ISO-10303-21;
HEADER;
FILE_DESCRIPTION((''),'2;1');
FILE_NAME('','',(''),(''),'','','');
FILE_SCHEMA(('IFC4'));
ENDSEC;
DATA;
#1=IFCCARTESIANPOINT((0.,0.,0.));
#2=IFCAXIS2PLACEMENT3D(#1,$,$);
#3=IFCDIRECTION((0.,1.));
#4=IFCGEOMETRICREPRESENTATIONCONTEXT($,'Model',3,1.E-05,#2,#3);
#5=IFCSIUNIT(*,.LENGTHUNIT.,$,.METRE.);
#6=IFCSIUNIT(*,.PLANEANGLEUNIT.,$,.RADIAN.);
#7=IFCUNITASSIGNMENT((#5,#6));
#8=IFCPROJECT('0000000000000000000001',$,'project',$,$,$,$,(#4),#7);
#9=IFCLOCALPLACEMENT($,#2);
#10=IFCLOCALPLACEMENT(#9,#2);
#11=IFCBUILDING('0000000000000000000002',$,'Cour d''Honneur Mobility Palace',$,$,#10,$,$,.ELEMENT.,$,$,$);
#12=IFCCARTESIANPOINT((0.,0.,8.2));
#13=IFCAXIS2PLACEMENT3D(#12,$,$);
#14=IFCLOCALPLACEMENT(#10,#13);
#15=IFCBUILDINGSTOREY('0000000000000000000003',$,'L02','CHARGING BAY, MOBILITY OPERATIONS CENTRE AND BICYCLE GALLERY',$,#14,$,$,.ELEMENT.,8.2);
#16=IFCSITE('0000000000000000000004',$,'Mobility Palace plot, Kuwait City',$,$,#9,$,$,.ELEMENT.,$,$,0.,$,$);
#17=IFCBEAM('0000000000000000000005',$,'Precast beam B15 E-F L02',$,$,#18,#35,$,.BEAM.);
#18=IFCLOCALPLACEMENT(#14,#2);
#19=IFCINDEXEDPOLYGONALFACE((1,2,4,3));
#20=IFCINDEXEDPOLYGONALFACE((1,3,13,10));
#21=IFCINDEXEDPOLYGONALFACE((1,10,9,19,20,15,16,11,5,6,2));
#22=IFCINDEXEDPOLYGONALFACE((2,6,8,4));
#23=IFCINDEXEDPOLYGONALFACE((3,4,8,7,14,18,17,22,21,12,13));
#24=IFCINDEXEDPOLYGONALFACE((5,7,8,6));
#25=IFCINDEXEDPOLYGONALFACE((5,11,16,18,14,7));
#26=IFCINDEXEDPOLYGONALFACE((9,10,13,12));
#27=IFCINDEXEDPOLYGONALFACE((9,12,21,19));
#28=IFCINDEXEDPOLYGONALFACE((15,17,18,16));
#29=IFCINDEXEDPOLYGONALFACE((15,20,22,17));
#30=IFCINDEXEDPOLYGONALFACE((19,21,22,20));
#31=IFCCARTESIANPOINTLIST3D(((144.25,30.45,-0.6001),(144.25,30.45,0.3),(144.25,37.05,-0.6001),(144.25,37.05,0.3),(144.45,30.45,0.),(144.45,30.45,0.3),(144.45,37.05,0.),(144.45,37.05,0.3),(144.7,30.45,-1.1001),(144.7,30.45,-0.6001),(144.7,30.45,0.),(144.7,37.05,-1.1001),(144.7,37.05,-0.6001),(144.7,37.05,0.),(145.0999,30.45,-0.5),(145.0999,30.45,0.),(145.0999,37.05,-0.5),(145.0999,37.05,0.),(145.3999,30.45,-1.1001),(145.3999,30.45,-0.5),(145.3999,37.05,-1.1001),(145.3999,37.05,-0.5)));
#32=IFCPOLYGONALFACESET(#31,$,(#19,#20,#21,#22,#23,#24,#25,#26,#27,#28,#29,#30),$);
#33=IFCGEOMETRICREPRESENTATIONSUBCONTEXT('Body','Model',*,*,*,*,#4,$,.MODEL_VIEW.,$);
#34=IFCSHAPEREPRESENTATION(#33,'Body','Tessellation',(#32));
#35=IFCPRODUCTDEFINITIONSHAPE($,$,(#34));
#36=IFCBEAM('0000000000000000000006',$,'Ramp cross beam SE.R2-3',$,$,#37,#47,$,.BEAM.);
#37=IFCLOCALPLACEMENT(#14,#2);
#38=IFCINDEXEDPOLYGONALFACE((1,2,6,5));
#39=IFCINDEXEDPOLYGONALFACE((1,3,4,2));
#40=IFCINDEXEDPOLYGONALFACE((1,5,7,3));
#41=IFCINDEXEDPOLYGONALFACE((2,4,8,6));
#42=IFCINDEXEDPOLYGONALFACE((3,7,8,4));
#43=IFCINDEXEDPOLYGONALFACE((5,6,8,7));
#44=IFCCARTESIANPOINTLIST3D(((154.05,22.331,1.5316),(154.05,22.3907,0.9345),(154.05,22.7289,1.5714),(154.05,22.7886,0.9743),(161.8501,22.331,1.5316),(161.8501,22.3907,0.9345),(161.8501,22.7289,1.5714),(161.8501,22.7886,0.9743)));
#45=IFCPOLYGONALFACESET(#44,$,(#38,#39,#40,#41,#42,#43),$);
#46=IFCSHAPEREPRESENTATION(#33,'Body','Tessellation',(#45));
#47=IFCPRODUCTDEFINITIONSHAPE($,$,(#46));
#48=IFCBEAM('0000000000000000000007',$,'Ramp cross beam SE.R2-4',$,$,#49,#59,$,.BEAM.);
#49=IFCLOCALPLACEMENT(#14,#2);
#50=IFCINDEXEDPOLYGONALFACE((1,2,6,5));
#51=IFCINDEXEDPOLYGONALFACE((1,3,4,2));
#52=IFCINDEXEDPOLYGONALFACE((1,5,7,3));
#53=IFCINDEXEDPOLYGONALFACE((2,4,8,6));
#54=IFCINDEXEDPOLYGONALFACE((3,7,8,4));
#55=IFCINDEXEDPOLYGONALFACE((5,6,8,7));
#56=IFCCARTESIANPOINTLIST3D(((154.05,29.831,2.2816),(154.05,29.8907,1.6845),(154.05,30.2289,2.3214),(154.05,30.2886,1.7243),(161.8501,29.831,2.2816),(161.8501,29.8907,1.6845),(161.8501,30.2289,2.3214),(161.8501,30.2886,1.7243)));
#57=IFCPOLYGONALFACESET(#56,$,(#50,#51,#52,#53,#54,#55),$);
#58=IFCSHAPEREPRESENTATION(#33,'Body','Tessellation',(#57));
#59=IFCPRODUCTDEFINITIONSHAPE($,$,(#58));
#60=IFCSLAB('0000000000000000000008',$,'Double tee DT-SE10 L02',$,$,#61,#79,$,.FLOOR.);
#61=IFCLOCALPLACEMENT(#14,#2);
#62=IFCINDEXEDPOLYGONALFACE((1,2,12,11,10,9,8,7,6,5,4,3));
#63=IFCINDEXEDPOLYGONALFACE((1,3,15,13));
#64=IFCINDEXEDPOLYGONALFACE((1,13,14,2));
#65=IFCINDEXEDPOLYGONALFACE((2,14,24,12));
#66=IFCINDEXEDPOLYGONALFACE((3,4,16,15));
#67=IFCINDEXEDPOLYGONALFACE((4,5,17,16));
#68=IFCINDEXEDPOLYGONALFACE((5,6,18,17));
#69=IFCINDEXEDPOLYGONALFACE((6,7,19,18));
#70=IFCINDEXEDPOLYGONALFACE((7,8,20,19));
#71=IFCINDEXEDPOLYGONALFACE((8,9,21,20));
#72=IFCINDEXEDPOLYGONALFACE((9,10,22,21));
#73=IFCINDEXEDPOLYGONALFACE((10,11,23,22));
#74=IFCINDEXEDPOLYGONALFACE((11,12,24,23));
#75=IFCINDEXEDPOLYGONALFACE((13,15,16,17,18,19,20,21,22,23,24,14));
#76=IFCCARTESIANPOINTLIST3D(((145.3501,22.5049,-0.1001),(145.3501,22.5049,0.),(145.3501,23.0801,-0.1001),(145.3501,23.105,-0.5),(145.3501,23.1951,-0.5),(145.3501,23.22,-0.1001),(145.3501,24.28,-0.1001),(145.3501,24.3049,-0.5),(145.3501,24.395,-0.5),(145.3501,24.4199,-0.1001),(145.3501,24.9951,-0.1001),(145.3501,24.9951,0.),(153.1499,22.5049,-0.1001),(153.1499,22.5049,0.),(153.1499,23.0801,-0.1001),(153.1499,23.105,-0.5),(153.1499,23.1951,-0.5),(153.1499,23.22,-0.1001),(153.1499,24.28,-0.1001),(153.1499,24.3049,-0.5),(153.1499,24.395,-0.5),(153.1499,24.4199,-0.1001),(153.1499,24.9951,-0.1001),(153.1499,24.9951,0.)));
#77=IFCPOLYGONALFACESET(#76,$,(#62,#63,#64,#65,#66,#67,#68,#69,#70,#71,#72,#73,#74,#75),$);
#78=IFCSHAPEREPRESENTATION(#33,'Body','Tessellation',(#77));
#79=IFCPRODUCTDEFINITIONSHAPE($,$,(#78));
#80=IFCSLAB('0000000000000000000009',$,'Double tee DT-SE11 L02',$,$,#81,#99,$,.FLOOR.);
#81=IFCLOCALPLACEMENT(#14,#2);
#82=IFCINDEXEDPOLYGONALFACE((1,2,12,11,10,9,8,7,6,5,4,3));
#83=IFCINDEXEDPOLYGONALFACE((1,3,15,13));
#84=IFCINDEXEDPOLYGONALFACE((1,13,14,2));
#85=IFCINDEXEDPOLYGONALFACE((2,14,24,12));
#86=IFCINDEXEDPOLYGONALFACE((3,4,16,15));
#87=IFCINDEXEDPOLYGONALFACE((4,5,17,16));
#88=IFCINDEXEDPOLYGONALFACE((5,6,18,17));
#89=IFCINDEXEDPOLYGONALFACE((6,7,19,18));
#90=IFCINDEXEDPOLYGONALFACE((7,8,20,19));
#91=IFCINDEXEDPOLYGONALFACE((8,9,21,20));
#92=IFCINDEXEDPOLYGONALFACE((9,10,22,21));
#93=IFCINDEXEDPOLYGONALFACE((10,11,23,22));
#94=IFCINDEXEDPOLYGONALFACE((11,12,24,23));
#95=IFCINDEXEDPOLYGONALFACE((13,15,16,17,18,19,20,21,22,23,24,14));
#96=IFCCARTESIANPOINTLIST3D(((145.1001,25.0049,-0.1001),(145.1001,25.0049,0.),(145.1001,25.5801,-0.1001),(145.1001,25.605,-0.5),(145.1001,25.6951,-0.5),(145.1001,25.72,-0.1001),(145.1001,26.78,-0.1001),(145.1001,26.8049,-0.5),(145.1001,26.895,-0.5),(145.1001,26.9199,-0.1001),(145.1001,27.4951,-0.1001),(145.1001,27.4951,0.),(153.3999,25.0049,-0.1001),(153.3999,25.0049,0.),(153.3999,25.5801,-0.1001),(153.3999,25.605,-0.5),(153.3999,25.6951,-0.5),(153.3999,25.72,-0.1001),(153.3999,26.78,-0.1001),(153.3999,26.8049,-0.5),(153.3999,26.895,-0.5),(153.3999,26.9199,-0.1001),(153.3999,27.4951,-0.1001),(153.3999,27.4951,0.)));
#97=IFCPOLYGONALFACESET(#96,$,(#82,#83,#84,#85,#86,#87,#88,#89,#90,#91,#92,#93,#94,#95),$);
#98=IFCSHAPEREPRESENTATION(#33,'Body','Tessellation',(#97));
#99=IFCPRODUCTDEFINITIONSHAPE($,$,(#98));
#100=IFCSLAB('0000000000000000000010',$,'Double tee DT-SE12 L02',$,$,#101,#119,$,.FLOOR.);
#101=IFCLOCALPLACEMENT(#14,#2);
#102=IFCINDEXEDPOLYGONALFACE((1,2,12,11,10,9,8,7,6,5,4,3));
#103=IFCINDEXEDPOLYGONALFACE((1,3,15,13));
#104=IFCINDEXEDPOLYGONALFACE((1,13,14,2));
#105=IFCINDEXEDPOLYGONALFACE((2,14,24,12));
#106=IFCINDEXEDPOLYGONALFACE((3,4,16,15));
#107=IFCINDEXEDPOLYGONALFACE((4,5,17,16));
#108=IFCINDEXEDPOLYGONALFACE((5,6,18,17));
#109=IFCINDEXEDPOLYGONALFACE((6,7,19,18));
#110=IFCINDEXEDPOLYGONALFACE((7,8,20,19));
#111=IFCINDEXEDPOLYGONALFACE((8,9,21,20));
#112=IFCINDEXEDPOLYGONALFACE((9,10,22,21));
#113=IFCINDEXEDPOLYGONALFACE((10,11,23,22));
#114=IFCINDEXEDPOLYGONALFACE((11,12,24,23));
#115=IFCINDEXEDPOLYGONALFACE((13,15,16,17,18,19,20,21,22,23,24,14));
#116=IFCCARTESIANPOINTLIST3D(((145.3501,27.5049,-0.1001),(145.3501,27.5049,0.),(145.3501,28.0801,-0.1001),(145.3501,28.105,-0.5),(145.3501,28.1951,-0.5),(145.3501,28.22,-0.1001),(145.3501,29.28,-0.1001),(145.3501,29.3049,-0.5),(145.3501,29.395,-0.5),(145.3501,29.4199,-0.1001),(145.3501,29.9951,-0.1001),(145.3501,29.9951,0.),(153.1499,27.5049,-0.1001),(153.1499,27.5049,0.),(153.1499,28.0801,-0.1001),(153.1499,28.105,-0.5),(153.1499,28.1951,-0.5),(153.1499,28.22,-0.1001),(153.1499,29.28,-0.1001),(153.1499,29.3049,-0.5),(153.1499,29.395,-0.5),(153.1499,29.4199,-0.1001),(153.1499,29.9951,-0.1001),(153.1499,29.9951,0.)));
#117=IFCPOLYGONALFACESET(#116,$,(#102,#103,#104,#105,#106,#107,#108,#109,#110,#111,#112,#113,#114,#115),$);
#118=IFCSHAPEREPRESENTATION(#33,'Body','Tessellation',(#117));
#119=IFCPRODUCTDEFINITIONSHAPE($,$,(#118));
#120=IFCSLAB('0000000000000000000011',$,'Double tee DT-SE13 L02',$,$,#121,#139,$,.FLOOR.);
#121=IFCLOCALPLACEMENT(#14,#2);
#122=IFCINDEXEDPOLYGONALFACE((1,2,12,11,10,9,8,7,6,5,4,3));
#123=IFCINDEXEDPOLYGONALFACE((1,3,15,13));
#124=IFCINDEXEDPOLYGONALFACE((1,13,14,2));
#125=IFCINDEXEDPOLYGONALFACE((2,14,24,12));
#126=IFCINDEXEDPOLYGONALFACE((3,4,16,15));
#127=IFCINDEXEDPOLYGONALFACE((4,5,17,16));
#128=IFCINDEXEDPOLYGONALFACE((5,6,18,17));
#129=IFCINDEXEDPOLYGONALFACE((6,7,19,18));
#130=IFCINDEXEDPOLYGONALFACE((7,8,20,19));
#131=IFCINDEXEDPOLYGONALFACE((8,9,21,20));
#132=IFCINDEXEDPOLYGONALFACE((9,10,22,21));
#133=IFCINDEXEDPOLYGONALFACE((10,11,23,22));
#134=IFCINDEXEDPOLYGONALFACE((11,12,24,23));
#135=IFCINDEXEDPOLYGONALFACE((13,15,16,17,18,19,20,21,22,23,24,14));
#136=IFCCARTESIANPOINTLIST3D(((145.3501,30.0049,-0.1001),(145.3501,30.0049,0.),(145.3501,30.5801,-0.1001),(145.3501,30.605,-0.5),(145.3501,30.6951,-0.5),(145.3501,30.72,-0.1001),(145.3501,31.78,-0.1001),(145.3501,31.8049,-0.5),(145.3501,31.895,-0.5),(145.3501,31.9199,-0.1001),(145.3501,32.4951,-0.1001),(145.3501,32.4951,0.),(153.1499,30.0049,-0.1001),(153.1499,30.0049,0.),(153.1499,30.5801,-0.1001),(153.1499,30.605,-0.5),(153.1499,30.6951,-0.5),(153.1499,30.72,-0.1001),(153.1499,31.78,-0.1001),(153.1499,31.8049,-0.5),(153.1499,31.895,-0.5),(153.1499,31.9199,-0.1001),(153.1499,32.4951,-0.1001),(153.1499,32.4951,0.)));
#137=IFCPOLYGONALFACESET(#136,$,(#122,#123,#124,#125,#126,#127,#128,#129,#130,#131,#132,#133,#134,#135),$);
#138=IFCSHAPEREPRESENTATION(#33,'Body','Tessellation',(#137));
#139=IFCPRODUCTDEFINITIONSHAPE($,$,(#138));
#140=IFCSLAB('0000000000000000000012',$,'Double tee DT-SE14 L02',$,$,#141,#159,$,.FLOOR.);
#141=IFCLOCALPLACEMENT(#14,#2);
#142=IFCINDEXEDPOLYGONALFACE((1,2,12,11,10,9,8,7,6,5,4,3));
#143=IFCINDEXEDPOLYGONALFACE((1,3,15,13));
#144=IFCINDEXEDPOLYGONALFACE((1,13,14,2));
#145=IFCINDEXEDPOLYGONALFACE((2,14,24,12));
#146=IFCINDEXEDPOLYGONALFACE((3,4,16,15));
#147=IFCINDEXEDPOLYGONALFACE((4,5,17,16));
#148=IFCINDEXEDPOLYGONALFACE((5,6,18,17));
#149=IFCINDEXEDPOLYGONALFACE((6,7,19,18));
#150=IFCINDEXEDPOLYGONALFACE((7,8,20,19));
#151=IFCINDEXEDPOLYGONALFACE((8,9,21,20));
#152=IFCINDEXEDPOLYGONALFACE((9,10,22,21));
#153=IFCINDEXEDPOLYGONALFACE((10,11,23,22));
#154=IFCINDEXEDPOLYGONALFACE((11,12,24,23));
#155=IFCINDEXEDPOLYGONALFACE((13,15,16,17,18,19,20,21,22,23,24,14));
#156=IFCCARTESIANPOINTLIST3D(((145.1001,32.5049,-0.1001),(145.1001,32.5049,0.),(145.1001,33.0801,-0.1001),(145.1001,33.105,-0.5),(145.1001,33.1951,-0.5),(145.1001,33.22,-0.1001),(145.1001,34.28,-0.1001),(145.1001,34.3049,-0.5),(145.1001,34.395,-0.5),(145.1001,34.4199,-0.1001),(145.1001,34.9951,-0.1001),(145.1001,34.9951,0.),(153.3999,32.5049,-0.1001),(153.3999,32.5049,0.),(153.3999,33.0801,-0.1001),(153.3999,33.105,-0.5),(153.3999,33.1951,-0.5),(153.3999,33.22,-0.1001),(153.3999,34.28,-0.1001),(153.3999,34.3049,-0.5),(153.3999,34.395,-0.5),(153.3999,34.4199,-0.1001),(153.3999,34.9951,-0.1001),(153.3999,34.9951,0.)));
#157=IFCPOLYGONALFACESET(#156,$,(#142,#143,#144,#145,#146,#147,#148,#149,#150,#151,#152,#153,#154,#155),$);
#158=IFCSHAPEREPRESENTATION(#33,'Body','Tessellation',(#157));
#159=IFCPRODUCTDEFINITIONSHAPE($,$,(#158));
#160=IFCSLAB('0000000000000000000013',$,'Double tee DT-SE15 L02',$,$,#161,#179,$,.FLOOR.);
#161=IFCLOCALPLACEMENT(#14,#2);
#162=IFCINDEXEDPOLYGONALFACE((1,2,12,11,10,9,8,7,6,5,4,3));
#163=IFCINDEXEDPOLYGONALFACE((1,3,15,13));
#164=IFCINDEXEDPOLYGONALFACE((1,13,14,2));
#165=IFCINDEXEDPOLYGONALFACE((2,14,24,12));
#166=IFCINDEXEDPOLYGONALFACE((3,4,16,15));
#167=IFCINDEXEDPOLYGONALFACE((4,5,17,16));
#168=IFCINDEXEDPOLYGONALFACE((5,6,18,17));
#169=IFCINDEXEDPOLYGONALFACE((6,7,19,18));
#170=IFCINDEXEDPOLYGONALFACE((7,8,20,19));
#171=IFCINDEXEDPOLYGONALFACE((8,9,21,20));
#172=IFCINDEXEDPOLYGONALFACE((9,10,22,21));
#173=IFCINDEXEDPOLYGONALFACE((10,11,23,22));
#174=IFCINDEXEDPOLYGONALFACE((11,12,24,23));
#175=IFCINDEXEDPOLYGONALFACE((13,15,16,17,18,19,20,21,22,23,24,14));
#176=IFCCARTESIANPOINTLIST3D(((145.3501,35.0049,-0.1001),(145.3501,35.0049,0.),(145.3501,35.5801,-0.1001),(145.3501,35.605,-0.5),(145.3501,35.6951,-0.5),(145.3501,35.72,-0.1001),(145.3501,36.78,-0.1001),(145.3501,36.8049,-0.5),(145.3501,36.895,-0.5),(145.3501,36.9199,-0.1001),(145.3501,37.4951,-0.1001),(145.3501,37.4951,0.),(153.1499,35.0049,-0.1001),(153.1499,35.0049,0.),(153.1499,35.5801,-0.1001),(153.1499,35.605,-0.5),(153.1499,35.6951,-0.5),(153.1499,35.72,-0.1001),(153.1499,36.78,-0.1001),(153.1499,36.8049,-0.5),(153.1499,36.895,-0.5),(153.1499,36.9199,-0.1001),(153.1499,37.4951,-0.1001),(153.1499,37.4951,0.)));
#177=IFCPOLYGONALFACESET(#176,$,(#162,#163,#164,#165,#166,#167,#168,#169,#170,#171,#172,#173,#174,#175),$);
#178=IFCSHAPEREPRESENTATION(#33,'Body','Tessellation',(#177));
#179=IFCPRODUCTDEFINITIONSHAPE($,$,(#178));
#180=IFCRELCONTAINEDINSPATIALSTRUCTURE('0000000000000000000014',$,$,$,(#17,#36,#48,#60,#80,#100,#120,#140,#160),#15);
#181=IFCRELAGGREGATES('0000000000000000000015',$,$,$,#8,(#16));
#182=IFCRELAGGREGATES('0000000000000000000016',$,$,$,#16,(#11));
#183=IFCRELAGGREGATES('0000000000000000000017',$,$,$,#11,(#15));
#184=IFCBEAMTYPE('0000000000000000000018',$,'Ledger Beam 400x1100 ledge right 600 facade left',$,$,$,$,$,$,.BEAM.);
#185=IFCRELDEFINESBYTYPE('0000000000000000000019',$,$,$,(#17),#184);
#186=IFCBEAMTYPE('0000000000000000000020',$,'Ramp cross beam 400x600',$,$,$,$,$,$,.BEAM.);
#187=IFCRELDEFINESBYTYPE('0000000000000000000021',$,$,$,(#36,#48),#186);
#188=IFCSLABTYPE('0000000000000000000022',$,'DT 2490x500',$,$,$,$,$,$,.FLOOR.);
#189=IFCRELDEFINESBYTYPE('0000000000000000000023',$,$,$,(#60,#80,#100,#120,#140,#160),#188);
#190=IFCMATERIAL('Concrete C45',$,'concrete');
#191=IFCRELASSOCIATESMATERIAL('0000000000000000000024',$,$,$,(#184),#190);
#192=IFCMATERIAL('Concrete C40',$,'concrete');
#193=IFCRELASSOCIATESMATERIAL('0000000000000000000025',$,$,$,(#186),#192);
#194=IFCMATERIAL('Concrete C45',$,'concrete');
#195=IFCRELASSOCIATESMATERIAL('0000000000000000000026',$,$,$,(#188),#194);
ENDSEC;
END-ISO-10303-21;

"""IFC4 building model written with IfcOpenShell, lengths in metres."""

from ifc_helpers import new_model, si_unit, direction, frame, origin, origin_2d, place, context, subcontext, project, spatial, polyline, rectangle, outline, extrude, material, material_profile, profile_set, type_object, element, save


model = new_model("IFC4")

# Units and contexts
model_context = context("Model", 3, precision=1e-05, world=origin(), true_north=direction((0.0, 1.0)))
body_context = subcontext(model_context, "Body", "Model", "MODEL_VIEW")
ifc_project = project(units=[si_unit("LENGTHUNIT", "METRE"), si_unit("PLANEANGLEUNIT", "RADIAN")], contexts=[model_context])

# Site, building, storey
site_placement = place(None, origin())
site = spatial("IfcSite", under=ifc_project, at=site_placement, Name="Mobility Palace plot, Kuwait City", CompositionType="ELEMENT", RefElevation=0.0)
building_placement = place(site_placement, origin())
building = spatial("IfcBuilding", under=site, at=building_placement, Name="Cour d'Honneur Mobility Palace", CompositionType="ELEMENT")
storey_placement = place(building_placement, frame((0.0, 0.0, 8.2)))
storey = spatial("IfcBuildingStorey", under=building, at=storey_placement, Name="L02", Description="CHARGING BAY, MOBILITY OPERATIONS CENTRE AND BICYCLE GALLERY", CompositionType="ELEMENT", Elevation=8.2)

# Beams
ifc_material_1 = material(Name="Concrete C45", Category="concrete")
ifc_material_profile_1 = material_profile(ifc_material_1, outline(polyline([(0.2, -1.1001), (0.2, -0.6001), (0.6499, -0.6001), (0.6499, 0.3), (0.45, 0.3), (0.45, 0.0), (0.2, 0.0), (-0.2, 0.0), (-0.2, -0.5), (-0.5, -0.5), (-0.5, -1.1001), (0.2, -1.1001)])), Name="Ledger Beam 400x1100 ledge right 600 facade left")
ifc_profile_set_1 = profile_set([ifc_material_profile_1], Name="Concrete C45")
beam_type_1 = type_object("IfcBeamType", Name="Ledger Beam 400x1100 ledge right 600 facade left", PredefinedType="BEAM", material=ifc_profile_set_1)
for number, where, z_axis, x_axis, name in (
    (1, (144.8999, 30.45, 0.0), (0.0, 1.0, 0.0), (-1.0, 0.0, 0.0), "Precast beam B15 E-F L02"),
):
    element("IfcBeam", number, at=place(storey_placement, frame(where, z_axis=z_axis, x_axis=x_axis)), inside=storey, type_object=beam_type_1, Name=name, PredefinedType="BEAM", context=body_context, shape_type="SweptSolid", body=[
        extrude(outline(polyline([(0.2, -1.1001), (0.2, -0.6001), (0.6499, -0.6001), (0.6499, 0.3), (0.45, 0.3), (0.45, 0.0), (0.2, 0.0), (-0.2, 0.0), (-0.2, -0.5), (-0.5, -0.5), (-0.5, -1.1001), (0.2, -1.1001)])), origin(), (0.0, 0.0, 1.0), 6.6001),
    ])
ifc_material_2 = material(Name="Concrete C40", Category="concrete")
ifc_material_profile_2 = material_profile(ifc_material_2, rectangle(XDim=0.3999, YDim=0.6001, at=origin_2d()), Name="Ramp cross beam 400x600")
ifc_profile_set_2 = profile_set([ifc_material_profile_2], Name="Concrete C40")
beam_type_2 = type_object("IfcBeamType", Name="Ramp cross beam 400x600", PredefinedType="BEAM", material=ifc_profile_set_2)
for number, where, z_axis, x_axis, name in (
    (2, (161.8501, 22.5598, 1.2529), (-1.0, 0.0, 0.0), (0.0, -0.995037, -0.099504), "Ramp cross beam SE.R2-3"),
    (3, (161.8501, 30.0598, 2.0029), (-1.0, 0.0, 0.0), (0.0, -0.995037, -0.099504), "Ramp cross beam SE.R2-4"),
):
    element("IfcBeam", number, at=place(storey_placement, frame(where, z_axis=z_axis, x_axis=x_axis)), inside=storey, type_object=beam_type_2, Name=name, PredefinedType="BEAM", context=body_context, shape_type="SweptSolid", body=[
        extrude(rectangle(XDim=0.3999, YDim=0.6001, at=origin_2d()), origin(), (0.0, 0.0, 1.0), 7.8),
    ])

# Slabs
ifc_material_3 = material(Name="Concrete C45", Category="concrete")
ifc_material_profile_3 = material_profile(ifc_material_3, outline(polyline([(-1.2451, 0.0), (1.2451, 0.0), (1.2451, -0.1001), (0.6699, -0.1001), (0.645, -0.5), (0.5549, -0.5), (0.53, -0.1001), (-0.53, -0.1001), (-0.5549, -0.5), (-0.645, -0.5), (-0.6699, -0.1001), (-1.2451, -0.1001), (-1.2451, 0.0)])), Name="DT 2490x500")
ifc_profile_set_3 = profile_set([ifc_material_profile_3], Name="Concrete C45")
slab_type = type_object("IfcSlabType", Name="DT 2490x500", PredefinedType="FLOOR", material=ifc_profile_set_3)
slab_1_placement = place(storey_placement, frame((145.3501, 23.75, 0.0), z_axis=(1.0, 0.0, 0.0), x_axis=(0.0, 1.0, 0.0)))
element("IfcSlab", 4, at=slab_1_placement, inside=storey, type_object=slab_type, Name="Double tee DT-SE10 L02", PredefinedType="FLOOR", context=body_context, shape_type="SweptSolid", body=[
    extrude(outline(polyline([(-1.2451, 0.0), (1.2451, 0.0), (1.2451, -0.1001), (0.6699, -0.1001), (0.645, -0.5), (0.5549, -0.5), (0.53, -0.1001), (-0.53, -0.1001), (-0.5549, -0.5), (-0.645, -0.5), (-0.6699, -0.1001), (-1.2451, -0.1001), (-1.2451, 0.0)])), origin(), (0.0, 0.0, 1.0), 7.7998),
])
slab_2_placement = place(storey_placement, frame((145.1001, 26.25, 0.0), z_axis=(1.0, 0.0, 0.0), x_axis=(0.0, 1.0, 0.0)))
element("IfcSlab", 5, at=slab_2_placement, inside=storey, type_object=slab_type, Name="Double tee DT-SE11 L02", PredefinedType="FLOOR", context=body_context, shape_type="SweptSolid", body=[
    extrude(outline(polyline([(-1.2451, 0.0), (1.2451, 0.0), (1.2451, -0.1001), (0.6699, -0.1001), (0.645, -0.5), (0.5549, -0.5), (0.53, -0.1001), (-0.53, -0.1001), (-0.5549, -0.5), (-0.645, -0.5), (-0.6699, -0.1001), (-1.2451, -0.1001), (-1.2451, 0.0)])), origin(), (0.0, 0.0, 1.0), 8.2998),
])
for number, where, z_axis, x_axis, name in (
    (6, (145.3501, 28.75, 0.0), (1.0, 0.0, 0.0), (0.0, 1.0, 0.0), "Double tee DT-SE12 L02"),
    (7, (145.3501, 31.25, 0.0), (1.0, 0.0, 0.0), (0.0, 1.0, 0.0), "Double tee DT-SE13 L02"),
):
    element("IfcSlab", number, at=place(storey_placement, frame(where, z_axis=z_axis, x_axis=x_axis)), inside=storey, type_object=slab_type, Name=name, PredefinedType="FLOOR", context=body_context, shape_type="SweptSolid", body=[
        extrude(outline(polyline([(-1.2451, 0.0), (1.2451, 0.0), (1.2451, -0.1001), (0.6699, -0.1001), (0.645, -0.5), (0.5549, -0.5), (0.53, -0.1001), (-0.53, -0.1001), (-0.5549, -0.5), (-0.645, -0.5), (-0.6699, -0.1001), (-1.2451, -0.1001), (-1.2451, 0.0)])), origin(), (0.0, 0.0, 1.0), 7.7998),
    ])
slab_3_placement = place(storey_placement, frame((145.1001, 33.75, 0.0), z_axis=(1.0, 0.0, 0.0), x_axis=(0.0, 1.0, 0.0)))
element("IfcSlab", 8, at=slab_3_placement, inside=storey, type_object=slab_type, Name="Double tee DT-SE14 L02", PredefinedType="FLOOR", context=body_context, shape_type="SweptSolid", body=[
    extrude(outline(polyline([(-1.2451, 0.0), (1.2451, 0.0), (1.2451, -0.1001), (0.6699, -0.1001), (0.645, -0.5), (0.5549, -0.5), (0.53, -0.1001), (-0.53, -0.1001), (-0.5549, -0.5), (-0.645, -0.5), (-0.6699, -0.1001), (-1.2451, -0.1001), (-1.2451, 0.0)])), origin(), (0.0, 0.0, 1.0), 8.2998),
])
slab_4_placement = place(storey_placement, frame((145.3501, 36.25, 0.0), z_axis=(1.0, 0.0, 0.0), x_axis=(0.0, 1.0, 0.0)))
element("IfcSlab", 9, at=slab_4_placement, inside=storey, type_object=slab_type, Name="Double tee DT-SE15 L02", PredefinedType="FLOOR", context=body_context, shape_type="SweptSolid", body=[
    extrude(outline(polyline([(-1.2451, 0.0), (1.2451, 0.0), (1.2451, -0.1001), (0.6699, -0.1001), (0.645, -0.5), (0.5549, -0.5), (0.53, -0.1001), (-0.53, -0.1001), (-0.5549, -0.5), (-0.645, -0.5), (-0.6699, -0.1001), (-1.2451, -0.1001), (-1.2451, 0.0)])), origin(), (0.0, 0.0, 1.0), 7.7998),
])

save(model, "model.ifc")
